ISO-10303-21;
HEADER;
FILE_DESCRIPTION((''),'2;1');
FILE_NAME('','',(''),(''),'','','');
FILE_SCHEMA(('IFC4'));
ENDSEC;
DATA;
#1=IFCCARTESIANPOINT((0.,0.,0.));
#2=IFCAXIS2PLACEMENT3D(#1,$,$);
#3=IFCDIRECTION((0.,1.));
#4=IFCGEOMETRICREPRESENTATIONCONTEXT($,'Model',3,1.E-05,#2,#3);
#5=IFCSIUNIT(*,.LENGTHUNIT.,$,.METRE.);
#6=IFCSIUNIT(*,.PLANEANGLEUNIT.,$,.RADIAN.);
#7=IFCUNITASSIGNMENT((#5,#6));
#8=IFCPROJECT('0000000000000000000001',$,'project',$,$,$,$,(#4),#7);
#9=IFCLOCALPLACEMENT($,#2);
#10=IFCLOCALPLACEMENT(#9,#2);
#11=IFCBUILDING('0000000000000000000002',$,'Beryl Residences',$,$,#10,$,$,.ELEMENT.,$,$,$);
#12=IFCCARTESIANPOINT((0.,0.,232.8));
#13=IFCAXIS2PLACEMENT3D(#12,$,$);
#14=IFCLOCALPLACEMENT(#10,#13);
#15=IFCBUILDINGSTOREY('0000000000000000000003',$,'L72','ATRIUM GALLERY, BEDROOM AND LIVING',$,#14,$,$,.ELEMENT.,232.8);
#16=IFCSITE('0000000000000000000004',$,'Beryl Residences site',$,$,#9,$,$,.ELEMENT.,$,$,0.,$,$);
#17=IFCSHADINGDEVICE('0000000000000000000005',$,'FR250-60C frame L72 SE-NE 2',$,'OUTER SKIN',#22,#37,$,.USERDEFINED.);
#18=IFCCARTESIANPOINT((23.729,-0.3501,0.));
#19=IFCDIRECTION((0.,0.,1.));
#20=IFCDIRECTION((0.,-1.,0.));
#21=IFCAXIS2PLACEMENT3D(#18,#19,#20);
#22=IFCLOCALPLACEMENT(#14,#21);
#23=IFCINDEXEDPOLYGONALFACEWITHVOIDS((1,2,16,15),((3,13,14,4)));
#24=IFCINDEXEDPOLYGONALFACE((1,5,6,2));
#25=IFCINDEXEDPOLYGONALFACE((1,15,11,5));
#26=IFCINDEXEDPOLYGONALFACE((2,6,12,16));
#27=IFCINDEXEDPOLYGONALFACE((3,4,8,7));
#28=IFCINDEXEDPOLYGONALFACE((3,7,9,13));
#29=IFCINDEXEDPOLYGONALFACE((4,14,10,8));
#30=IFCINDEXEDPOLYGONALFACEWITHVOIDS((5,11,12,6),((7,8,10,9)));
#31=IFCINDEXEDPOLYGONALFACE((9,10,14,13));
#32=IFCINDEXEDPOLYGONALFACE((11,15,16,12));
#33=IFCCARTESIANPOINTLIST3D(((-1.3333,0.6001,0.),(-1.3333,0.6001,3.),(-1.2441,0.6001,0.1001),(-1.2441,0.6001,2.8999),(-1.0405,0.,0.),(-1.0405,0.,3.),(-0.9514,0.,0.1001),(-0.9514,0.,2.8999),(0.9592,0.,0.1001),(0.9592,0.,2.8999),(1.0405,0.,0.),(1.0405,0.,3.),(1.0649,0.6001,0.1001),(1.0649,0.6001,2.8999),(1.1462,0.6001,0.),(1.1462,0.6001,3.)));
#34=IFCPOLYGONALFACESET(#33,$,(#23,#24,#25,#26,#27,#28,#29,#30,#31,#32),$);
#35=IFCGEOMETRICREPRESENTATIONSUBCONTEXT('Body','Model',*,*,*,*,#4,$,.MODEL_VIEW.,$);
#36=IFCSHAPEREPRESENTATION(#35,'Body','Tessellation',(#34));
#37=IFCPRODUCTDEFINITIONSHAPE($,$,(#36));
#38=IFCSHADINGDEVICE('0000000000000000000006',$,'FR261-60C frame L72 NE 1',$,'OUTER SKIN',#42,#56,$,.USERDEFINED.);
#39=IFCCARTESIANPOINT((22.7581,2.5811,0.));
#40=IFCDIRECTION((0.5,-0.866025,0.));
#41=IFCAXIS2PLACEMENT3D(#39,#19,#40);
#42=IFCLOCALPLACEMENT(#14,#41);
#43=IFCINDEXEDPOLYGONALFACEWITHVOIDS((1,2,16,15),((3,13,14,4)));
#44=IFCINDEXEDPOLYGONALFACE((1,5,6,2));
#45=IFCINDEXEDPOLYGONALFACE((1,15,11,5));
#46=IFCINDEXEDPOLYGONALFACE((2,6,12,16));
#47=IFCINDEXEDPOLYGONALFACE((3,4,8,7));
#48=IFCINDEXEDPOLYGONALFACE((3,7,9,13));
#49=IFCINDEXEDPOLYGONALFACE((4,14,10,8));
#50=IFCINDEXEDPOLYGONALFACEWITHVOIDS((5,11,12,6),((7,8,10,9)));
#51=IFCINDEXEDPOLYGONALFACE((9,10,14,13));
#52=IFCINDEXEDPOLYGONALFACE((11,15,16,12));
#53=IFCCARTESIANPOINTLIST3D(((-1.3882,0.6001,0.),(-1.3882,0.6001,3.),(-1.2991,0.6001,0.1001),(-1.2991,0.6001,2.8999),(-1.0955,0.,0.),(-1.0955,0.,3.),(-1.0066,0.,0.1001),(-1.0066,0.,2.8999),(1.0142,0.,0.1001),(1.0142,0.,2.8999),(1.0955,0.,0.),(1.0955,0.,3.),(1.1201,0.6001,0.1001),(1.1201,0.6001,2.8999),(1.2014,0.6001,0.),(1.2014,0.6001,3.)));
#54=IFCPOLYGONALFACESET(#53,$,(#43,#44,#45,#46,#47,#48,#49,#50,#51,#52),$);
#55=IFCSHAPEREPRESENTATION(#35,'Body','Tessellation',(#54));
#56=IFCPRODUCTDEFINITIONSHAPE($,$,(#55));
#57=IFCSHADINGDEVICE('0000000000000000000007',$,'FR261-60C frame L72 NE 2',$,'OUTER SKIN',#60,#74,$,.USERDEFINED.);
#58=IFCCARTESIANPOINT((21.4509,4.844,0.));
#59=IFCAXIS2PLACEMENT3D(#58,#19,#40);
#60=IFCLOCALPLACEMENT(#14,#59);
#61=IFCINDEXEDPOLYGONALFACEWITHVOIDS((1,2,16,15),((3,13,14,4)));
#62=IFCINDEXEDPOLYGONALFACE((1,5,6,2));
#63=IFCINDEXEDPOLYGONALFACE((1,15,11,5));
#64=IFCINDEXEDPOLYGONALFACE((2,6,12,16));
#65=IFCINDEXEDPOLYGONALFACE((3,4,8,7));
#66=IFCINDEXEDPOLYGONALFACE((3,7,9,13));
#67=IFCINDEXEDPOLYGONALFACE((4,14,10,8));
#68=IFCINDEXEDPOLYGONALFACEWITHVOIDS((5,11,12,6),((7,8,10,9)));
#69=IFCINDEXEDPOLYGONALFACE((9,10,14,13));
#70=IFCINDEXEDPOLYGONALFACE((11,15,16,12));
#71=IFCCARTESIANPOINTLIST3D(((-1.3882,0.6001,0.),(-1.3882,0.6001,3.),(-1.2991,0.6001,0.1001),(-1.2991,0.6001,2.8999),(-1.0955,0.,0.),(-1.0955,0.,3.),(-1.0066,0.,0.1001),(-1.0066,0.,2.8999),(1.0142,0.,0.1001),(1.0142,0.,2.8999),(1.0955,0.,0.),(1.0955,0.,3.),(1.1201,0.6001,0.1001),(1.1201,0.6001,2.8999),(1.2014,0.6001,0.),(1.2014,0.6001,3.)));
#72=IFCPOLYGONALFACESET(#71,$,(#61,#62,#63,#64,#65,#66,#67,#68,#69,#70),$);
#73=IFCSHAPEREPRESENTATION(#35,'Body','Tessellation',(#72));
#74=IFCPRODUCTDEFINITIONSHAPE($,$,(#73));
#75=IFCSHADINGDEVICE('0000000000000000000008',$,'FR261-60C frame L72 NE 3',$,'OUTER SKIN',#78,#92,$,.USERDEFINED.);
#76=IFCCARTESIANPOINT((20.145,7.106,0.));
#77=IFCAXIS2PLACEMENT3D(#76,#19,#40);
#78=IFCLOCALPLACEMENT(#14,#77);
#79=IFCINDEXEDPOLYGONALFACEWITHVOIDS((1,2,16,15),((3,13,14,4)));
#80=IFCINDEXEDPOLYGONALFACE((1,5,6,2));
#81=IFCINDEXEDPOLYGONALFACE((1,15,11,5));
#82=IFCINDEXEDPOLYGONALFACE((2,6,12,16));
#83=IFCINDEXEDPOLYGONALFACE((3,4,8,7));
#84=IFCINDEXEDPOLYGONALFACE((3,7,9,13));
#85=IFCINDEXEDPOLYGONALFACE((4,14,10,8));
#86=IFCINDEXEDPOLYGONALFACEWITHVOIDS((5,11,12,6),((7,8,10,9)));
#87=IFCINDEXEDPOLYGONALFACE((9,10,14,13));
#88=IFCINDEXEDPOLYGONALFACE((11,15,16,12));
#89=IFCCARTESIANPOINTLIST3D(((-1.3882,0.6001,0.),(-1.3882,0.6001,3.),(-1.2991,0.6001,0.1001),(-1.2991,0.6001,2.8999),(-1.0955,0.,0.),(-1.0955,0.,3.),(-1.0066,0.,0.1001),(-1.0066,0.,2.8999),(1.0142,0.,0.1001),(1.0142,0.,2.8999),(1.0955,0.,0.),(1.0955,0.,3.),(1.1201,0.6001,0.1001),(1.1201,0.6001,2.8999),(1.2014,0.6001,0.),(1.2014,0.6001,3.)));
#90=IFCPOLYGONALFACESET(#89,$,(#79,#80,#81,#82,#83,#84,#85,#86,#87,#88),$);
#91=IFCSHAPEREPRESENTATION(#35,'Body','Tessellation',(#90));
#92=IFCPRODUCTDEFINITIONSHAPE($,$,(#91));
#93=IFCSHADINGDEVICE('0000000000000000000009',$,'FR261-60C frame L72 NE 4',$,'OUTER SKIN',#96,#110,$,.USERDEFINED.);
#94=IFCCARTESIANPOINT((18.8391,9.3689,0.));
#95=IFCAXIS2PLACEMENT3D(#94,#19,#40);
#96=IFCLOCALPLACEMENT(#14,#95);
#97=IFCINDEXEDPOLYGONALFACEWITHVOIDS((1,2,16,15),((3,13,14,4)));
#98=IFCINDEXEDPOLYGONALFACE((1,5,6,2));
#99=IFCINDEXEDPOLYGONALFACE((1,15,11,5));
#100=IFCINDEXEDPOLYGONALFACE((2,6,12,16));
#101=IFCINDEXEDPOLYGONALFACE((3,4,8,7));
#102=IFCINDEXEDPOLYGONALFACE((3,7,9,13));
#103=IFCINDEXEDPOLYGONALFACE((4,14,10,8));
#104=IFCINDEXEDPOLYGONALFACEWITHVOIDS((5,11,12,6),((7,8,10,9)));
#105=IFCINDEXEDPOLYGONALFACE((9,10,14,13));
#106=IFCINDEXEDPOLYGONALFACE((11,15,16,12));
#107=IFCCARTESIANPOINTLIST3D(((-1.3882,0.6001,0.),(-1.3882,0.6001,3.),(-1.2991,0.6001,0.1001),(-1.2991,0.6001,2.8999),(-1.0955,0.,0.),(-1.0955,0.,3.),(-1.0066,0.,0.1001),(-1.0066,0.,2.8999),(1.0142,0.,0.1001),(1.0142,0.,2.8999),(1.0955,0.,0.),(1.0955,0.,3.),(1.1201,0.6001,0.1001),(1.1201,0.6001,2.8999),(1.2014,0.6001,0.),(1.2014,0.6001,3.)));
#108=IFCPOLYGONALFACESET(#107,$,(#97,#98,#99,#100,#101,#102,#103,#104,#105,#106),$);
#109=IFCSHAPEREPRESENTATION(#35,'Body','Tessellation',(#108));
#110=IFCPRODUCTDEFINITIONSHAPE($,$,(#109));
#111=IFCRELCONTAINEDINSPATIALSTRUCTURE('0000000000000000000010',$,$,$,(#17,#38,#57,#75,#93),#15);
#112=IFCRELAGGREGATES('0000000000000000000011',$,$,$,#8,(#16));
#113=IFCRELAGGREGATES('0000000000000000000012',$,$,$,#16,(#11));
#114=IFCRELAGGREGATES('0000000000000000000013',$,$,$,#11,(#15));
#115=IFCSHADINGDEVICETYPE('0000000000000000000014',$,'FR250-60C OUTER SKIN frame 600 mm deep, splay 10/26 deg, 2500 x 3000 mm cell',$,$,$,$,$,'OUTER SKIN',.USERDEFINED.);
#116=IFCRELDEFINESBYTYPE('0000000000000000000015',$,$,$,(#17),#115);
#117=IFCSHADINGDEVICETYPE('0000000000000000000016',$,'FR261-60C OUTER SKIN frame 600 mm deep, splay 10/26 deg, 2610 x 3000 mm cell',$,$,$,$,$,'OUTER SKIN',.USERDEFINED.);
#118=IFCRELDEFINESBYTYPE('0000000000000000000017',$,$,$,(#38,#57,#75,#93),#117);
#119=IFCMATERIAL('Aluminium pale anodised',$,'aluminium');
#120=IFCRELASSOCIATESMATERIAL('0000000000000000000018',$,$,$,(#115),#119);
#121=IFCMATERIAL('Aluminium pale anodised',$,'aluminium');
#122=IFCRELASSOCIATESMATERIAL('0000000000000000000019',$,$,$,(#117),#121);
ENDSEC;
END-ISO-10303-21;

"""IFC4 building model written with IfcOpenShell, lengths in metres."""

from ifc_helpers import new_model, entity, si_unit, direction, frame, origin, place, context, subcontext, project, spatial, source, transform, mapped, material, type_object, type_shapes, element, save


model = new_model("IFC4")

# Units and contexts
model_context = context("Model", 3, precision=1e-05, world=origin(), true_north=direction((0.0, 1.0)))
body_context = subcontext(model_context, "Body", "Model", "MODEL_VIEW")
ifc_project = project(units=[si_unit("LENGTHUNIT", "METRE"), si_unit("PLANEANGLEUNIT", "RADIAN")], contexts=[model_context])

# Site, building, storey
site_placement = place(None, origin())
site = spatial("IfcSite", under=ifc_project, at=site_placement, Name="Beryl Residences site", CompositionType="ELEMENT", RefElevation=0.0)
building_placement = place(site_placement, origin())
building = spatial("IfcBuilding", under=site, at=building_placement, Name="Beryl Residences", CompositionType="ELEMENT")
storey_placement = place(building_placement, frame((0.0, 0.0, 232.8)))
storey = spatial("IfcBuildingStorey", under=building, at=storey_placement, Name="L72", Description="ATRIUM GALLERY, BEDROOM AND LIVING", CompositionType="ELEMENT", Elevation=232.8)

# Shading devices
ifc_material_1 = material(Name="Aluminium pale anodised", Category="aluminium")
shading_device_type_1 = type_object("IfcShadingDeviceType", Name="FR250-60C OUTER SKIN frame 600 mm deep, splay 10/26 deg, 2500 x 3000 mm cell", ElementType="OUTER SKIN", PredefinedType="USERDEFINED", material=ifc_material_1)
cartesian_point_1 = entity("IfcCartesianPoint", [-1.0405, 0.0])
cartesian_point_2 = entity("IfcCartesianPoint", [-0.9592, 0.1001])
cartesian_point_3 = entity("IfcCartesianPoint", [-1.1462, 0.0])
cartesian_point_4 = entity("IfcCartesianPoint", [-1.0649, 0.1001])
shared_shape_1 = source(origin(), body_context, "Body", "SweptSolid", [
    entity("IfcExtrudedAreaSolidTapered", entity("IfcArbitraryProfileDefWithVoids", "AREA", None, entity("IfcPolyline", [cartesian_point_1, entity("IfcCartesianPoint", [1.0405, 0.0]), entity("IfcCartesianPoint", [1.0405, 3.0]), entity("IfcCartesianPoint", [-1.0405, 3.0]), cartesian_point_1]), [entity("IfcPolyline", [cartesian_point_2, entity("IfcCartesianPoint", [0.9514, 0.1001]), entity("IfcCartesianPoint", [0.9514, 2.8999]), entity("IfcCartesianPoint", [-0.9592, 2.8999]), cartesian_point_2])]), entity("IfcAxis2Placement3D", entity("IfcCartesianPoint", [0.0, 0.0, 0.0]), entity("IfcDirection", [0.0, 1.0, 0.0]), entity("IfcDirection", [-1.0, 0.0, 0.0])), entity("IfcDirection", [0.0, 0.0, 1.0]), 0.6001, entity("IfcArbitraryProfileDefWithVoids", "AREA", None, entity("IfcPolyline", [cartesian_point_3, entity("IfcCartesianPoint", [1.3333, 0.0]), entity("IfcCartesianPoint", [1.3333, 3.0]), entity("IfcCartesianPoint", [-1.1462, 3.0]), cartesian_point_3]), [entity("IfcPolyline", [cartesian_point_4, entity("IfcCartesianPoint", [1.2441, 0.1001]), entity("IfcCartesianPoint", [1.2441, 2.8999]), entity("IfcCartesianPoint", [-1.0649, 2.8999]), cartesian_point_4])])),
])
type_shapes(shading_device_type_1, [shared_shape_1])
shading_device_placement = place(storey_placement, frame((23.729, -0.3501, 0.0), z_axis=(0.0, 0.0, 1.0), x_axis=(0.0, -1.0, 0.0)))
element("IfcShadingDevice", 1, at=shading_device_placement, inside=storey, type_object=shading_device_type_1, Name="FR250-60C frame L72 SE-NE 2", ObjectType="OUTER SKIN", PredefinedType="USERDEFINED", context=body_context, shape_type="MappedRepresentation", body=[
    mapped(shared_shape_1, transform((0.0, 0.0, 0.0))),
])
ifc_material_2 = material(Name="Aluminium pale anodised", Category="aluminium")
shading_device_type_2 = type_object("IfcShadingDeviceType", Name="FR261-60C OUTER SKIN frame 600 mm deep, splay 10/26 deg, 2610 x 3000 mm cell", ElementType="OUTER SKIN", PredefinedType="USERDEFINED", material=ifc_material_2)
cartesian_point_5 = entity("IfcCartesianPoint", [-1.0955, 0.0])
cartesian_point_6 = entity("IfcCartesianPoint", [-1.0142, 0.1001])
cartesian_point_7 = entity("IfcCartesianPoint", [-1.2014, 0.0])
cartesian_point_8 = entity("IfcCartesianPoint", [-1.1201, 0.1001])
shared_shape_2 = source(origin(), body_context, "Body", "SweptSolid", [
    entity("IfcExtrudedAreaSolidTapered", entity("IfcArbitraryProfileDefWithVoids", "AREA", None, entity("IfcPolyline", [cartesian_point_5, entity("IfcCartesianPoint", [1.0955, 0.0]), entity("IfcCartesianPoint", [1.0955, 3.0]), entity("IfcCartesianPoint", [-1.0955, 3.0]), cartesian_point_5]), [entity("IfcPolyline", [cartesian_point_6, entity("IfcCartesianPoint", [1.0066, 0.1001]), entity("IfcCartesianPoint", [1.0066, 2.8999]), entity("IfcCartesianPoint", [-1.0142, 2.8999]), cartesian_point_6])]), entity("IfcAxis2Placement3D", entity("IfcCartesianPoint", [0.0, 0.0, 0.0]), entity("IfcDirection", [0.0, 1.0, 0.0]), entity("IfcDirection", [-1.0, 0.0, 0.0])), entity("IfcDirection", [0.0, 0.0, 1.0]), 0.6001, entity("IfcArbitraryProfileDefWithVoids", "AREA", None, entity("IfcPolyline", [cartesian_point_7, entity("IfcCartesianPoint", [1.3882, 0.0]), entity("IfcCartesianPoint", [1.3882, 3.0]), entity("IfcCartesianPoint", [-1.2014, 3.0]), cartesian_point_7]), [entity("IfcPolyline", [cartesian_point_8, entity("IfcCartesianPoint", [1.2991, 0.1001]), entity("IfcCartesianPoint", [1.2991, 2.8999]), entity("IfcCartesianPoint", [-1.1201, 2.8999]), cartesian_point_8])])),
])
type_shapes(shading_device_type_2, [shared_shape_2])
for number, where, z_axis, x_axis, name in (
    (2, (22.7581, 2.5811, 0.0), (0.0, 0.0, 1.0), (0.5, -0.866025, 0.0), "FR261-60C frame L72 NE 1"),
    (3, (21.4509, 4.844, 0.0), (0.0, 0.0, 1.0), (0.5, -0.866025, 0.0), "FR261-60C frame L72 NE 2"),
    (4, (20.145, 7.106, 0.0), (0.0, 0.0, 1.0), (0.5, -0.866025, 0.0), "FR261-60C frame L72 NE 3"),
    (5, (18.8391, 9.3689, 0.0), (0.0, 0.0, 1.0), (0.5, -0.866025, 0.0), "FR261-60C frame L72 NE 4"),
):
    element("IfcShadingDevice", number, at=place(storey_placement, frame(where, z_axis=z_axis, x_axis=x_axis)), inside=storey, type_object=shading_device_type_2, Name=name, ObjectType="OUTER SKIN", PredefinedType="USERDEFINED", context=body_context, shape_type="MappedRepresentation", body=[
        mapped(shared_shape_2, transform((0.0, 0.0, 0.0))),
    ])

save(model, "model.ifc")
